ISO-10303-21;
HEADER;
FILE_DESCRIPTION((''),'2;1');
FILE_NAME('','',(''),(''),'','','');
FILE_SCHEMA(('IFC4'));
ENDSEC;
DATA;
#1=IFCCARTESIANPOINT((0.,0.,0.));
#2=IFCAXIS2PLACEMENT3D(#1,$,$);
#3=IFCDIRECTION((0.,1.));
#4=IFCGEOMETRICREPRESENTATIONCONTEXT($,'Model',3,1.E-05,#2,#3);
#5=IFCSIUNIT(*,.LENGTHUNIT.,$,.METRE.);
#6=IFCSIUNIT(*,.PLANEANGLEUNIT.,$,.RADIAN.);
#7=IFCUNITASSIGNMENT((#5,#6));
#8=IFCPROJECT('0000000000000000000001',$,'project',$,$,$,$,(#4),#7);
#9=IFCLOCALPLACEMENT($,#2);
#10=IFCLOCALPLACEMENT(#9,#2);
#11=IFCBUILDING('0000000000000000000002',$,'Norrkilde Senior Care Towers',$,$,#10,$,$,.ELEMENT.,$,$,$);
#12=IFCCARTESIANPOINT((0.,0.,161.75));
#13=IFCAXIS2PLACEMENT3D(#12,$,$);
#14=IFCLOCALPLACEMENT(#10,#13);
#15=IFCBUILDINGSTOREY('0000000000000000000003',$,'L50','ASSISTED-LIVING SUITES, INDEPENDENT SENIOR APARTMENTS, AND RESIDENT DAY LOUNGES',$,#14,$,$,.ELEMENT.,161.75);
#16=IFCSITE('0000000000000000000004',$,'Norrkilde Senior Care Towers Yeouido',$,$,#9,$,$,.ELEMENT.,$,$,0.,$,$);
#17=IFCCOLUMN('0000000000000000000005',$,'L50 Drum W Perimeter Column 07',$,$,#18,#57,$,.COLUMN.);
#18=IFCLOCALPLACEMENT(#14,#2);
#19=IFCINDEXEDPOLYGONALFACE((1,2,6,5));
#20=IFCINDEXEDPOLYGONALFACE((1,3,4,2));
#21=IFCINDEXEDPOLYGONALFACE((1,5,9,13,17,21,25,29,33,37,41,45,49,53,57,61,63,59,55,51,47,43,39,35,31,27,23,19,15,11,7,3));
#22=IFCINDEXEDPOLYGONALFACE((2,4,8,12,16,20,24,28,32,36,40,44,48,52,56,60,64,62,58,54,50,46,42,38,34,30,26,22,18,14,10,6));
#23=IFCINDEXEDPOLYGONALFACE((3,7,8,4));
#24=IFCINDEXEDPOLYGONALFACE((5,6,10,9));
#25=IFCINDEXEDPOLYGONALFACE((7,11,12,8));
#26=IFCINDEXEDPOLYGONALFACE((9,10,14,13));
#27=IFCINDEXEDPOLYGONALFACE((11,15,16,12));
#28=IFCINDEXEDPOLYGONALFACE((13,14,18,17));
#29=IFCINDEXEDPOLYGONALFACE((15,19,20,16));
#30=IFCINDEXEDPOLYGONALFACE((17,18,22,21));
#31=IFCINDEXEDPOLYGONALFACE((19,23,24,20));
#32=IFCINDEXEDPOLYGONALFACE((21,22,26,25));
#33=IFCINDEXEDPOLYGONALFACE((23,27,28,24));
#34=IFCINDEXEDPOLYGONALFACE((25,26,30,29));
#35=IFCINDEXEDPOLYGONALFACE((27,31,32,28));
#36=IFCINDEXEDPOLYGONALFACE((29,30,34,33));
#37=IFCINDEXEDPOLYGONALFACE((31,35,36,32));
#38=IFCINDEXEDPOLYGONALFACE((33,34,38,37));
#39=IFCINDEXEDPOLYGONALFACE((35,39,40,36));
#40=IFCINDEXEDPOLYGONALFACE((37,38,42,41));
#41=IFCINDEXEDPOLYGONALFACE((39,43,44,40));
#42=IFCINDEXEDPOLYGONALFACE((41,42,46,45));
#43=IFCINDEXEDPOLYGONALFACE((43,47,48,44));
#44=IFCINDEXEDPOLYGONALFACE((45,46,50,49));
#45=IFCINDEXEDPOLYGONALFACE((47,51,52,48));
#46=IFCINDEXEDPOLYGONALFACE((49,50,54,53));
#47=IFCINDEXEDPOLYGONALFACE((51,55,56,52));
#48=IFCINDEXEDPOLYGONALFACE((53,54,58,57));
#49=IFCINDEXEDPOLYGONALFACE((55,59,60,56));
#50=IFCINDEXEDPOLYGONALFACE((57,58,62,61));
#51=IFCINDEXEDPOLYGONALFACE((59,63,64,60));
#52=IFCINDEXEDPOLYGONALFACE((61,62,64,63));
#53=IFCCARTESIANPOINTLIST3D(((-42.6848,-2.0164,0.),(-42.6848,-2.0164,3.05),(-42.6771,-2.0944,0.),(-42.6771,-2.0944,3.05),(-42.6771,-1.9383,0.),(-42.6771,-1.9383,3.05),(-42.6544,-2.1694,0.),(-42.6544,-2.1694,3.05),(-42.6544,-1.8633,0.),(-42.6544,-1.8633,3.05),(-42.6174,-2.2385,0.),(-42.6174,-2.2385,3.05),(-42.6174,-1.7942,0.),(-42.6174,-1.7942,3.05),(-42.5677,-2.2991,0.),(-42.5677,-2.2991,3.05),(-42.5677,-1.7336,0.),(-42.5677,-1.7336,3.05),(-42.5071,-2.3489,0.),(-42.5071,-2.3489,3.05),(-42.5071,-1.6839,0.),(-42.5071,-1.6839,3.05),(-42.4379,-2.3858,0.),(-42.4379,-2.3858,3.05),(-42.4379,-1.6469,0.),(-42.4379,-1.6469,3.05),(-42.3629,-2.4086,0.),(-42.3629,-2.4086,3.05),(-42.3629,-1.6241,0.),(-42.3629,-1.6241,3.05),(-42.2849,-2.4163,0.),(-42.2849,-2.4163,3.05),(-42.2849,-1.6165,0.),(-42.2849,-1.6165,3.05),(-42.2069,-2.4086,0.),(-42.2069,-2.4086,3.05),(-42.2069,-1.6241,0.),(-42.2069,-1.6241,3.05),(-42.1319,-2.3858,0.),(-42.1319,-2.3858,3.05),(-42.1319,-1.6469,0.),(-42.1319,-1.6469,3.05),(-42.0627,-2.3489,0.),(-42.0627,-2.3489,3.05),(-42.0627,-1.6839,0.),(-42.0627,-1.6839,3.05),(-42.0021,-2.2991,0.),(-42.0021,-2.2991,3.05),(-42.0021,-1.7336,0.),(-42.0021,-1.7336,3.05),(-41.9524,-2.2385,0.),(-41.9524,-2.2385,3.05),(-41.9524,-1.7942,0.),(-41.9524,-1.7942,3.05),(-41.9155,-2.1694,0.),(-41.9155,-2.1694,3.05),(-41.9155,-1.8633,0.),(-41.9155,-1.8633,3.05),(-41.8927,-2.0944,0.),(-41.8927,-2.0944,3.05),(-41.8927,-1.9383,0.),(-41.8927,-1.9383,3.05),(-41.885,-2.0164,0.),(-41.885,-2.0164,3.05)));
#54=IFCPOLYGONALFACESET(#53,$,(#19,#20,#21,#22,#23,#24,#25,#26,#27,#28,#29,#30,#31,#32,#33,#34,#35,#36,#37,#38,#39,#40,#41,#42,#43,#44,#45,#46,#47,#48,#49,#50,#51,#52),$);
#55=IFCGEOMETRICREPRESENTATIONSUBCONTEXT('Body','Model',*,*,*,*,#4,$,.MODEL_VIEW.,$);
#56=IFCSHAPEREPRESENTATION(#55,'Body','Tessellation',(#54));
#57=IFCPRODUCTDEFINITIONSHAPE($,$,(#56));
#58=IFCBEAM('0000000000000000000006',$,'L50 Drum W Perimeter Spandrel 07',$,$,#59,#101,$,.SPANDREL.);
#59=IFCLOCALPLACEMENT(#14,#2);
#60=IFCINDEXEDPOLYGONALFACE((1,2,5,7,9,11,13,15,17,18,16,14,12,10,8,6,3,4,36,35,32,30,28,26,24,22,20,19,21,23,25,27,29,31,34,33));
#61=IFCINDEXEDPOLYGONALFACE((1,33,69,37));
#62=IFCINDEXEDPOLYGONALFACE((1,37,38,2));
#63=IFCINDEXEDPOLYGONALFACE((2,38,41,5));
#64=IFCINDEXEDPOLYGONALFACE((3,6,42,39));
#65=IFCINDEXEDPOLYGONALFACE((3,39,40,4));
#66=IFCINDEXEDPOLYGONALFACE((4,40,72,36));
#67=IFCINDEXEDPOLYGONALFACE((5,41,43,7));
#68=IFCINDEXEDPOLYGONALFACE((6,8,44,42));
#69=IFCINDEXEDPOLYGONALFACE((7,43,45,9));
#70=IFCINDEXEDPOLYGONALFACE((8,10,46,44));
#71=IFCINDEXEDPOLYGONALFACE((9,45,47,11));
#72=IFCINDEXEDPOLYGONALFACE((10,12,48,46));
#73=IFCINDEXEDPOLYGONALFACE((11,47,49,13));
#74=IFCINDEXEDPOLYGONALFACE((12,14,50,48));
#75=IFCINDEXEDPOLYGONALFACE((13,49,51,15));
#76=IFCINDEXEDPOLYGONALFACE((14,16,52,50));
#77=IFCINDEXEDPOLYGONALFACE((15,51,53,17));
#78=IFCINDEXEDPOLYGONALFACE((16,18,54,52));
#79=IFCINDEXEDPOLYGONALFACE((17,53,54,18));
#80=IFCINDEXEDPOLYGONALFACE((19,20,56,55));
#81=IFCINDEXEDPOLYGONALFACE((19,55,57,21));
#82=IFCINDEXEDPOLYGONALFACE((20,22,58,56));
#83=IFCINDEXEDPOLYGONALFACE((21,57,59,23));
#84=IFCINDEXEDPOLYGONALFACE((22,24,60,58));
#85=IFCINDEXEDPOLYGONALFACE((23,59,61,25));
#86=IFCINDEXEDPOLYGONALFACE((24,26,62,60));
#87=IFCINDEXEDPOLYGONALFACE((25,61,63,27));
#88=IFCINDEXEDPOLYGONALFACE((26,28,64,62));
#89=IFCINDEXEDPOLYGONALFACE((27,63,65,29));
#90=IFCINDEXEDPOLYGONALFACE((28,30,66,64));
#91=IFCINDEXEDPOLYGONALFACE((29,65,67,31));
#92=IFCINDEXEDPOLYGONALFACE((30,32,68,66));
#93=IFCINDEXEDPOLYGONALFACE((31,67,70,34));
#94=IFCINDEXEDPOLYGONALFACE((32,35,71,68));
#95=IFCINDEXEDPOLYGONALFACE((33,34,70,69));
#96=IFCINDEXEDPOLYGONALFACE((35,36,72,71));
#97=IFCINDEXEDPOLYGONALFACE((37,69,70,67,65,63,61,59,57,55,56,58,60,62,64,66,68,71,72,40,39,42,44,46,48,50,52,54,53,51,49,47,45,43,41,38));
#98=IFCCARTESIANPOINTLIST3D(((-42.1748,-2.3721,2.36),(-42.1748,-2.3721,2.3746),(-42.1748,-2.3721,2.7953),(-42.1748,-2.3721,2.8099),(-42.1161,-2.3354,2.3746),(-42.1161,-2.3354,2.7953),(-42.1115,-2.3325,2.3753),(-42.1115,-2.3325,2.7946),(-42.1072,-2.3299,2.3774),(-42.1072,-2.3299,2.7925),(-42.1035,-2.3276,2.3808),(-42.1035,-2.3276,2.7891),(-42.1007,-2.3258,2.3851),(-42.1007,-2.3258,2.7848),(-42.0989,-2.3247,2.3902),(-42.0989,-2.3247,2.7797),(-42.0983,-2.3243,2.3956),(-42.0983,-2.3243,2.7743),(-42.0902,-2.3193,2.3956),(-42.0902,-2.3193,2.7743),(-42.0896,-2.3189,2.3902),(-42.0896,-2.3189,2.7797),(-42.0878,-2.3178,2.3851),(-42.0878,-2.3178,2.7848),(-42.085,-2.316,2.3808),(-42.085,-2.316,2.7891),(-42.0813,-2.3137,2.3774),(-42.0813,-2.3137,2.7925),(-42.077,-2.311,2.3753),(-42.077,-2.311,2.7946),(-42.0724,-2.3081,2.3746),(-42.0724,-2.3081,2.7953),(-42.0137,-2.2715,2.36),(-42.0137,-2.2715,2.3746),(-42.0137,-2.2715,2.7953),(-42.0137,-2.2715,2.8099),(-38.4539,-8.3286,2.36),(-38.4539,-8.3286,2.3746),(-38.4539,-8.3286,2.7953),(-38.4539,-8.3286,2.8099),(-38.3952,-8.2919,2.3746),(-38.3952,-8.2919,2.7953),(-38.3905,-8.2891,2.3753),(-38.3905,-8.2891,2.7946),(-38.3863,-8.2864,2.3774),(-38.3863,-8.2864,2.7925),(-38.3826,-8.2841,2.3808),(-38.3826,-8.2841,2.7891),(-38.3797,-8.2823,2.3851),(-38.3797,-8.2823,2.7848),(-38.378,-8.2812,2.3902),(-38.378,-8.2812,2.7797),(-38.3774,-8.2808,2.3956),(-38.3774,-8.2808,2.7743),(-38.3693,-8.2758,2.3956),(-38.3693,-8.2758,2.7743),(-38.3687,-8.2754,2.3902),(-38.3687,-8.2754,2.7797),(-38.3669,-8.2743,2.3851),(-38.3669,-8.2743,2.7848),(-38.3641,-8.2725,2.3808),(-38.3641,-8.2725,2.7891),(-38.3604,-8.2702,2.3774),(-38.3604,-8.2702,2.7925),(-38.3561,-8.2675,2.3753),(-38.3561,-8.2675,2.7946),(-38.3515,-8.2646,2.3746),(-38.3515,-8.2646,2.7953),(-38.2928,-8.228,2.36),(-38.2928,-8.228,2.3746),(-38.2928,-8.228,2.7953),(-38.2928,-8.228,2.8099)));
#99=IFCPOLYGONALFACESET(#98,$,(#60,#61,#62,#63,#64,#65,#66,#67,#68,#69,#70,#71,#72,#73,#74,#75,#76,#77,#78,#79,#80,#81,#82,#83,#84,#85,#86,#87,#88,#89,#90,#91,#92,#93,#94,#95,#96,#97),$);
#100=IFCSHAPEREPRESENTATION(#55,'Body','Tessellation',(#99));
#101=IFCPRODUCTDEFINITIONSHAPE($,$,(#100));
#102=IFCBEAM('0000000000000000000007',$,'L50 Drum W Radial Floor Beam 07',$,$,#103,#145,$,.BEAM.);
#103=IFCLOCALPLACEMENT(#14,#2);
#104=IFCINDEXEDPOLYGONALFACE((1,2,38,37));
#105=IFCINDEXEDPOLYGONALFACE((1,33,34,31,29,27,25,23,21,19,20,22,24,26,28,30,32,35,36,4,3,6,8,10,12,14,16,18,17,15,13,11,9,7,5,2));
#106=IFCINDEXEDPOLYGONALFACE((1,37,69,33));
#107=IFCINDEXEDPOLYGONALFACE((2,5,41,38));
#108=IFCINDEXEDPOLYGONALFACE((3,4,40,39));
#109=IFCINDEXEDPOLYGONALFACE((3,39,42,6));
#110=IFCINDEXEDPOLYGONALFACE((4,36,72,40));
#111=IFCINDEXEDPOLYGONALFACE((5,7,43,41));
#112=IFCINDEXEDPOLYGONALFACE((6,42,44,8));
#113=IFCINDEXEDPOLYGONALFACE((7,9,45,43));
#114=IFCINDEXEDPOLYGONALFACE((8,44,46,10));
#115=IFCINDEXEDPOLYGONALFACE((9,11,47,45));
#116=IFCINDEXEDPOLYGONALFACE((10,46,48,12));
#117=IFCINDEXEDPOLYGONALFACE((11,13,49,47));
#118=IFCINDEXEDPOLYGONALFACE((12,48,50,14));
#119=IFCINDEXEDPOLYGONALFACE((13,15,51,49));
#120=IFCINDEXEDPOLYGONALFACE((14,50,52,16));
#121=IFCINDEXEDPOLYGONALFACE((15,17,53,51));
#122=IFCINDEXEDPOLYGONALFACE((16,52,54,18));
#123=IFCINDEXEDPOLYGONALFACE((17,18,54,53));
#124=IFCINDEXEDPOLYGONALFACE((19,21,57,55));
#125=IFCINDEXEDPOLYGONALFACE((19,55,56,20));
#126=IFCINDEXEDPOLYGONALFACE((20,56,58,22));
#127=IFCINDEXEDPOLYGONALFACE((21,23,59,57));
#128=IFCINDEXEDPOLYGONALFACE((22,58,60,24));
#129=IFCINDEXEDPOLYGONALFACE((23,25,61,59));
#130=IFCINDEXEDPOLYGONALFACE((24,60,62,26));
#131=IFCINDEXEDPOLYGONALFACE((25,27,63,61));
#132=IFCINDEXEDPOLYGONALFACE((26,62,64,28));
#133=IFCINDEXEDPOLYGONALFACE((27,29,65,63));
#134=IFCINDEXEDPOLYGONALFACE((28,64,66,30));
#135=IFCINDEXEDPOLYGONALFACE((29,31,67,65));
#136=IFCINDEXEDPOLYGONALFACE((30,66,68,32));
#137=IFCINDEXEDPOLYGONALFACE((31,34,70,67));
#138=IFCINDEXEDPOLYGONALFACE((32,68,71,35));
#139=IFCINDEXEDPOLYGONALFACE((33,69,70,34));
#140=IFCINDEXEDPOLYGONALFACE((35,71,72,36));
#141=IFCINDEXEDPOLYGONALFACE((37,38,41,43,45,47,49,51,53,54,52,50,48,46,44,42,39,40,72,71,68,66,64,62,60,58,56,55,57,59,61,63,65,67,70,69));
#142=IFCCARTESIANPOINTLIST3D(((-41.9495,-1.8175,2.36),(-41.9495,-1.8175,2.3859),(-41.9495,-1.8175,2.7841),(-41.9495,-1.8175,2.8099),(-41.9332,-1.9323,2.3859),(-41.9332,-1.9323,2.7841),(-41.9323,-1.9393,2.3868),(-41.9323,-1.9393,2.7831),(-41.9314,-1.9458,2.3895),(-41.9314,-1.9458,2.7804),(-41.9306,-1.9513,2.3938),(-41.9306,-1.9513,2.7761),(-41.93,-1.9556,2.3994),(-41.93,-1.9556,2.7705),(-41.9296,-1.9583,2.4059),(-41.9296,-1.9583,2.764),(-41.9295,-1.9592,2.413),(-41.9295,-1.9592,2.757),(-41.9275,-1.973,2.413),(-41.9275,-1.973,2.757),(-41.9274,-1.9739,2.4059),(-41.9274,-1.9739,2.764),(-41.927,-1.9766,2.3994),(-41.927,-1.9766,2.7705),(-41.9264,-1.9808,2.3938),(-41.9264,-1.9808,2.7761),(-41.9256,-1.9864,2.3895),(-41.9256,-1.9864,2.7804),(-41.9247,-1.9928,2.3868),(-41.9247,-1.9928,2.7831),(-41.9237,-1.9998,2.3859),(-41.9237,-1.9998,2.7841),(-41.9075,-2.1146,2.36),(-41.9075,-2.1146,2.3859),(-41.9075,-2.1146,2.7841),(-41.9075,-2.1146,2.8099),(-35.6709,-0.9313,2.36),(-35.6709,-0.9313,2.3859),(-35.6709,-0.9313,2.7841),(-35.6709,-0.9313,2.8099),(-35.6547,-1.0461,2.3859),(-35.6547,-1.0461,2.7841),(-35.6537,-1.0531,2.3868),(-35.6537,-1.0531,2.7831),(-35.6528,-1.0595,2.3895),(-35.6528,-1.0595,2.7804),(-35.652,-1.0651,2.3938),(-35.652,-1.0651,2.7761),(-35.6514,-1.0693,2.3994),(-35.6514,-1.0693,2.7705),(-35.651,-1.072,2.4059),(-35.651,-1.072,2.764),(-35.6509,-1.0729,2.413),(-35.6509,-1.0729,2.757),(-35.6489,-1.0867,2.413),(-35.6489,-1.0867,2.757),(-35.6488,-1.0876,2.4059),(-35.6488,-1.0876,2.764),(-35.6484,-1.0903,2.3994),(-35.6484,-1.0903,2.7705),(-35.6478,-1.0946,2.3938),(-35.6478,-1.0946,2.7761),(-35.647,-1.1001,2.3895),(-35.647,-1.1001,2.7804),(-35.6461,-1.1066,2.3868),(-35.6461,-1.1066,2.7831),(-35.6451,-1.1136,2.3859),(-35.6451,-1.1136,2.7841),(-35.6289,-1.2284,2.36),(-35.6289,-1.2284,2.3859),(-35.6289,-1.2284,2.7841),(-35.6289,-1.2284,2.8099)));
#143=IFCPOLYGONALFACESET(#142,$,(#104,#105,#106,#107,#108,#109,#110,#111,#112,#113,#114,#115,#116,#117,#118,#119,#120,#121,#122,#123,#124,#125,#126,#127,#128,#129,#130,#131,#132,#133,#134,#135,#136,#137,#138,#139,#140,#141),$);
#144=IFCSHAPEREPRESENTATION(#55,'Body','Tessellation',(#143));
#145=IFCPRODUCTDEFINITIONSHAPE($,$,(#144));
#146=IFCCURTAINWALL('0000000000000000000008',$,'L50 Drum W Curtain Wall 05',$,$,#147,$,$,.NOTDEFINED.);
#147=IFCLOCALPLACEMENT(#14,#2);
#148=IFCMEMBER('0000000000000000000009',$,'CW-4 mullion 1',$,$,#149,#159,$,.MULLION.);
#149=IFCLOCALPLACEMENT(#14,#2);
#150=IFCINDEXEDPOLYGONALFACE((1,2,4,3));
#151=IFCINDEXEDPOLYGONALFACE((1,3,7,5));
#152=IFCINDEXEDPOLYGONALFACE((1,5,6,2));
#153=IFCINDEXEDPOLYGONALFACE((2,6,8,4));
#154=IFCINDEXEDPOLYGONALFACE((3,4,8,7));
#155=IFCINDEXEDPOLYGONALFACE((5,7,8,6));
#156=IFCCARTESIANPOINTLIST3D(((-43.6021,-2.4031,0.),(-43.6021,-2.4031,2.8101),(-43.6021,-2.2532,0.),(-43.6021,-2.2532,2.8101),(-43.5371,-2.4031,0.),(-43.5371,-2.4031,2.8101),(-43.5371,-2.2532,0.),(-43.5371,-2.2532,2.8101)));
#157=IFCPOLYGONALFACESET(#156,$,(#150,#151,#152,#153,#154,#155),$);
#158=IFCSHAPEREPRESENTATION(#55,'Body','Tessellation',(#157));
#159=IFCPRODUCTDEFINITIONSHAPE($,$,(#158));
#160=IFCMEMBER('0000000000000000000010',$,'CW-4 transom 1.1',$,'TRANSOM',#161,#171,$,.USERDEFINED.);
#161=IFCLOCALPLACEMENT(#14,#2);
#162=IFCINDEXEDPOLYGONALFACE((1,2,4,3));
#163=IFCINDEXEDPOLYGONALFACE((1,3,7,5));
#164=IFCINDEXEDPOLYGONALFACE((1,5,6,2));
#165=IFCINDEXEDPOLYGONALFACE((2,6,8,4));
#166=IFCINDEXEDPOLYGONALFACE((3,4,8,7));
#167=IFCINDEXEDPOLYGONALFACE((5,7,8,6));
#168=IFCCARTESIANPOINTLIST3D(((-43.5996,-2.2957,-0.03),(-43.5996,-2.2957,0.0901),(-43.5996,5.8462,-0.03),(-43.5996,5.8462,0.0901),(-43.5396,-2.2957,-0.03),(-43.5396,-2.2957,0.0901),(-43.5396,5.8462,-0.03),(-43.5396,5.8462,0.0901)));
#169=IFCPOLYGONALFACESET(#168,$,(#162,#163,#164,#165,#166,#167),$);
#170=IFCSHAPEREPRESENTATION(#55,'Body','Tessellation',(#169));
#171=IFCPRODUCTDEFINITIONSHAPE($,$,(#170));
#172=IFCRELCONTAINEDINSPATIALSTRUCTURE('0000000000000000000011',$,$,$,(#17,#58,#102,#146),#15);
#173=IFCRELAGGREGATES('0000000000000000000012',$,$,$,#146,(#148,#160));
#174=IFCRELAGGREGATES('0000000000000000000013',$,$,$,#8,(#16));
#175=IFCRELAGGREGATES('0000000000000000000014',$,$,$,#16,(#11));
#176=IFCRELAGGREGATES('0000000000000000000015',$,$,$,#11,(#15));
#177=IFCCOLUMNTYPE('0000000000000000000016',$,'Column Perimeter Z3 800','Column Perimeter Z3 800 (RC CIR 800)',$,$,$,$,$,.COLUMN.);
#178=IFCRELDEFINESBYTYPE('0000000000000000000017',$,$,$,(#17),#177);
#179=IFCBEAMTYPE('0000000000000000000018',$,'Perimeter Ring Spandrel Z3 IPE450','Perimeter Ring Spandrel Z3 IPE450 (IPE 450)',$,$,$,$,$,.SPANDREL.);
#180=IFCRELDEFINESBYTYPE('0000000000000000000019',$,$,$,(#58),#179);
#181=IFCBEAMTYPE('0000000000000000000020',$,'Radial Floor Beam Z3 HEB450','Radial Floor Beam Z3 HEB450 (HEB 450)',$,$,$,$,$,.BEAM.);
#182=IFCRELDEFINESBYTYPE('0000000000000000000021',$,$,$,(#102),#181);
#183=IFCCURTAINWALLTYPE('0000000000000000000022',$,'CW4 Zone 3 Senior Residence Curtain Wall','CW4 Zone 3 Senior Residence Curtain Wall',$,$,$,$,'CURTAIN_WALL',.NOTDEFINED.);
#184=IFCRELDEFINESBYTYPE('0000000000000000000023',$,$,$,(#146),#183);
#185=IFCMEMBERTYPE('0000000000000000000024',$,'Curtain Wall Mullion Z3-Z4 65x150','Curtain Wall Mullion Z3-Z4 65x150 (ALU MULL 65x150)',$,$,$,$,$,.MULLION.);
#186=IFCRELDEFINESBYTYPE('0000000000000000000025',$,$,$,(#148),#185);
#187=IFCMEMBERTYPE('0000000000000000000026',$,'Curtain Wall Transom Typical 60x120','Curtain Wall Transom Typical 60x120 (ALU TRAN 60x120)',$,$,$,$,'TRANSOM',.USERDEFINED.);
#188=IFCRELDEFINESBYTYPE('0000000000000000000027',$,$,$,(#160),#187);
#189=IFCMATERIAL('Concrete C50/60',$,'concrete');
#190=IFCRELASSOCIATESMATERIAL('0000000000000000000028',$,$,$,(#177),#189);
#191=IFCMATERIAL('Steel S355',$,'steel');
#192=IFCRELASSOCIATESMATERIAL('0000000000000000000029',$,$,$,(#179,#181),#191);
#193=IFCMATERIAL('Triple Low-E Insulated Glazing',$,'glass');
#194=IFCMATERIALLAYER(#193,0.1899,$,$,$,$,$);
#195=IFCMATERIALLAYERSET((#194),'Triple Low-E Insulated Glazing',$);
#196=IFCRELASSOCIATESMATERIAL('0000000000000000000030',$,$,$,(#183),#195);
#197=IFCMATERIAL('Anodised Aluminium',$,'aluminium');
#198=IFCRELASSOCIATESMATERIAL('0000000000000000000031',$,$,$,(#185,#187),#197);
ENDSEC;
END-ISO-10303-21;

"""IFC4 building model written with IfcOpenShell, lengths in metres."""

from ifc_helpers import new_model, si_unit, direction, frame, origin, origin_2d, place, context, subcontext, project, spatial, rectangle, circle, i_section, extrude, source, transform, mapped, material, layer, layer_set, material_profile, profile_set, type_object, type_shapes, element, aggregate, save


model = new_model("IFC4")

# Units and contexts
model_context = context("Model", 3, precision=1e-05, world=origin(), true_north=direction((0.0, 1.0)))
body_context = subcontext(model_context, "Body", "Model", "MODEL_VIEW")
ifc_project = project(units=[si_unit("LENGTHUNIT", "METRE"), si_unit("PLANEANGLEUNIT", "RADIAN")], contexts=[model_context])

# Site, building, storey
site_placement = place(None, origin())
site = spatial("IfcSite", under=ifc_project, at=site_placement, Name="Norrkilde Senior Care Towers Yeouido", CompositionType="ELEMENT", RefElevation=0.0)
building_placement = place(site_placement, origin())
building = spatial("IfcBuilding", under=site, at=building_placement, Name="Norrkilde Senior Care Towers", CompositionType="ELEMENT")
storey_placement = place(building_placement, frame((0.0, 0.0, 161.75)))
storey = spatial("IfcBuildingStorey", under=building, at=storey_placement, Name="L50", Description="ASSISTED-LIVING SUITES, INDEPENDENT SENIOR APARTMENTS, AND RESIDENT DAY LOUNGES", CompositionType="ELEMENT", Elevation=161.75)

# Column
ifc_material_1 = material(Name="Concrete C50/60", Category="concrete")
ifc_material_profile_1 = material_profile(ifc_material_1, circle(Radius=0.3999, at=origin_2d()), Name="RC CIR 800")
ifc_profile_set_1 = profile_set([ifc_material_profile_1], Name="Concrete C50/60")
column_type = type_object("IfcColumnType", Name="Column Perimeter Z3 800", Description="Column Perimeter Z3 800 (RC CIR 800)", PredefinedType="COLUMN", material=ifc_profile_set_1)
shared_shape_1 = source(origin(), body_context, "Body", "SweptSolid", [
    extrude(circle(Radius=0.3999, at=origin_2d()), origin(), (0.0, 0.0, 1.0), 3.05),
])
type_shapes(column_type, [shared_shape_1])
column_placement = place(storey_placement, frame((-42.2849, -2.0164, 0.0), z_axis=(0.0, 0.0, 1.0), x_axis=(1.0, 0.0, 0.0)))
element("IfcColumn", 1, at=column_placement, inside=storey, type_object=column_type, Name="L50 Drum W Perimeter Column 07", PredefinedType="COLUMN", context=body_context, shape_type="MappedRepresentation", body=[
    mapped(shared_shape_1, transform((0.0, 0.0, 0.0), x_axis=(1.0, 0.0, 0.0), y_axis=(0.0, 1.0, 0.0), z_axis=(0.0, 0.0, 1.0), scale=1.0)),
])

# Beams
ifc_material_2 = material(Name="Steel S355", Category="steel")
ifc_material_profile_2 = material_profile(ifc_material_2, i_section(OverallWidth=0.1899, OverallDepth=0.45, WebThickness=0.0095, FlangeThickness=0.0146, FilletRadius=0.021, at=origin_2d()), Name="IPE 450")
ifc_profile_set_2 = profile_set([ifc_material_profile_2], Name="Steel S355")
beam_type_1 = type_object("IfcBeamType", Name="Perimeter Ring Spandrel Z3 IPE450", Description="Perimeter Ring Spandrel Z3 IPE450 (IPE 450)", PredefinedType="SPANDREL", material=ifc_profile_set_2)
shared_shape_2 = source(origin(), body_context, "Body", "SweptSolid", [
    extrude(i_section(OverallWidth=0.1899, OverallDepth=0.45, WebThickness=0.0095, FlangeThickness=0.0146, FilletRadius=0.021, at=origin_2d()), origin(), (0.0, 0.0, 1.0), 7.0232),
])
type_shapes(beam_type_1, [shared_shape_2])
beam_1_placement = place(storey_placement, frame((-42.0942, -2.3218, 2.585), z_axis=(0.529805, -0.848119, 0.0), x_axis=(0.848119, 0.529805, 0.0)))
element("IfcBeam", 2, at=beam_1_placement, inside=storey, type_object=beam_type_1, Name="L50 Drum W Perimeter Spandrel 07", PredefinedType="SPANDREL", context=body_context, shape_type="MappedRepresentation", body=[
    mapped(shared_shape_2, transform((0.0, 0.0, 0.0), x_axis=(1.0, 0.0, 0.0), y_axis=(0.0, 1.0, 0.0), z_axis=(0.0, 0.0, 1.0), scale=1.0)),
])
ifc_material_profile_3 = material_profile(ifc_material_2, i_section(OverallWidth=0.3, OverallDepth=0.45, WebThickness=0.0139, FlangeThickness=0.0259, FilletRadius=0.0271, at=origin_2d()), Name="HEB 450")
ifc_profile_set_3 = profile_set([ifc_material_profile_3], Name="Steel S355")
beam_type_2 = type_object("IfcBeamType", Name="Radial Floor Beam Z3 HEB450", Description="Radial Floor Beam Z3 HEB450 (HEB 450)", PredefinedType="BEAM", material=ifc_profile_set_3)
shared_shape_3 = source(origin(), body_context, "Body", "SweptSolid", [
    extrude(i_section(OverallWidth=0.3, OverallDepth=0.45, WebThickness=0.0139, FlangeThickness=0.0259, FilletRadius=0.0271, at=origin_2d()), origin(), (0.0, 0.0, 1.0), 6.3408),
])
type_shapes(beam_type_2, [shared_shape_3])
beam_2_placement = place(storey_placement, frame((-35.6499, -1.0798, 2.585), z_axis=(-0.990185, -0.139766, 0.0), x_axis=(0.139766, -0.990185, 0.0)))
element("IfcBeam", 3, at=beam_2_placement, inside=storey, type_object=beam_type_2, Name="L50 Drum W Radial Floor Beam 07", PredefinedType="BEAM", context=body_context, shape_type="MappedRepresentation", body=[
    mapped(shared_shape_3, transform((0.0, 0.0, 0.0), x_axis=(1.0, 0.0, 0.0), y_axis=(0.0, 1.0, 0.0), z_axis=(0.0, 0.0, 1.0), scale=1.0)),
])

# Curtain wall, members
ifc_material_3 = material(Name="Triple Low-E Insulated Glazing", Category="glass")
ifc_layer_1 = layer(ifc_material_3, 0.1899)
ifc_layer_set_1 = layer_set([ifc_layer_1], Name="Triple Low-E Insulated Glazing")
curtain_wall_type = type_object("IfcCurtainWallType", Name="CW4 Zone 3 Senior Residence Curtain Wall", Description="CW4 Zone 3 Senior Residence Curtain Wall", ElementType="CURTAIN_WALL", PredefinedType="NOTDEFINED", material=ifc_layer_set_1)
curtain_wall_placement = place(storey_placement, origin())
curtain_wall = element("IfcCurtainWall", 4, at=curtain_wall_placement, inside=storey, type_object=curtain_wall_type, Name="L50 Drum W Curtain Wall 05", PredefinedType="NOTDEFINED")
ifc_material_4 = material(Name="Anodised Aluminium", Category="aluminium")
ifc_material_profile_4 = material_profile(ifc_material_4, rectangle(XDim=0.0649, YDim=0.1499, at=origin_2d()), Name="ALU MULL 65x150")
ifc_profile_set_4 = profile_set([ifc_material_profile_4], Name="Anodised Aluminium")
member_type_1 = type_object("IfcMemberType", Name="Curtain Wall Mullion Z3-Z4 65x150", Description="Curtain Wall Mullion Z3-Z4 65x150 (ALU MULL 65x150)", PredefinedType="MULLION", material=ifc_profile_set_4)
shared_shape_4 = source(origin(), body_context, "Body", "SweptSolid", [
    extrude(rectangle(XDim=0.0649, YDim=0.1499, at=origin_2d()), origin(), (0.0, 0.0, 1.0), 2.8101),
])
type_shapes(member_type_1, [shared_shape_4])
member_1_placement = place(storey_placement, frame((-43.5696, -2.3281, 0.0), z_axis=(0.0, 0.0, 1.0), x_axis=(-1.0, 0.0, 0.0)))
member_1 = element("IfcMember", 5, at=member_1_placement, type_object=member_type_1, Name="CW-4 mullion 1", PredefinedType="MULLION", context=body_context, shape_type="MappedRepresentation", body=[
    mapped(shared_shape_4, transform((0.0, 0.0, 0.0), x_axis=(1.0, 0.0, 0.0), y_axis=(0.0, 1.0, 0.0), z_axis=(0.0, 0.0, 1.0), scale=1.0)),
])
ifc_material_profile_5 = material_profile(ifc_material_4, rectangle(XDim=0.0601, YDim=0.1201, at=origin_2d()), Name="ALU TRAN 60x120")
ifc_profile_set_5 = profile_set([ifc_material_profile_5], Name="Anodised Aluminium")
member_type_2 = type_object("IfcMemberType", Name="Curtain Wall Transom Typical 60x120", Description="Curtain Wall Transom Typical 60x120 (ALU TRAN 60x120)", ElementType="TRANSOM", PredefinedType="USERDEFINED", material=ifc_profile_set_5)
shared_shape_5 = source(origin(), body_context, "Body", "SweptSolid", [
    extrude(rectangle(XDim=0.0601, YDim=0.1201, at=origin_2d()), origin(), (0.0, 0.0, 1.0), 8.1418),
])
type_shapes(member_type_2, [shared_shape_5])
member_2_placement = place(storey_placement, frame((-43.5696, -2.2957, 0.03), z_axis=(0.0, 1.0, 0.0), x_axis=(-1.0, 0.0, 0.0)))
member_2 = element("IfcMember", 6, at=member_2_placement, type_object=member_type_2, Name="CW-4 transom 1.1", ObjectType="TRANSOM", PredefinedType="USERDEFINED", context=body_context, shape_type="MappedRepresentation", body=[
    mapped(shared_shape_5, transform((0.0, 0.0, 0.0), x_axis=(1.0, 0.0, 0.0), y_axis=(0.0, 1.0, 0.0), z_axis=(0.0, 0.0, 1.0), scale=1.0)),
])
aggregate(curtain_wall, [member_1, member_2])

save(model, "model.ifc")
